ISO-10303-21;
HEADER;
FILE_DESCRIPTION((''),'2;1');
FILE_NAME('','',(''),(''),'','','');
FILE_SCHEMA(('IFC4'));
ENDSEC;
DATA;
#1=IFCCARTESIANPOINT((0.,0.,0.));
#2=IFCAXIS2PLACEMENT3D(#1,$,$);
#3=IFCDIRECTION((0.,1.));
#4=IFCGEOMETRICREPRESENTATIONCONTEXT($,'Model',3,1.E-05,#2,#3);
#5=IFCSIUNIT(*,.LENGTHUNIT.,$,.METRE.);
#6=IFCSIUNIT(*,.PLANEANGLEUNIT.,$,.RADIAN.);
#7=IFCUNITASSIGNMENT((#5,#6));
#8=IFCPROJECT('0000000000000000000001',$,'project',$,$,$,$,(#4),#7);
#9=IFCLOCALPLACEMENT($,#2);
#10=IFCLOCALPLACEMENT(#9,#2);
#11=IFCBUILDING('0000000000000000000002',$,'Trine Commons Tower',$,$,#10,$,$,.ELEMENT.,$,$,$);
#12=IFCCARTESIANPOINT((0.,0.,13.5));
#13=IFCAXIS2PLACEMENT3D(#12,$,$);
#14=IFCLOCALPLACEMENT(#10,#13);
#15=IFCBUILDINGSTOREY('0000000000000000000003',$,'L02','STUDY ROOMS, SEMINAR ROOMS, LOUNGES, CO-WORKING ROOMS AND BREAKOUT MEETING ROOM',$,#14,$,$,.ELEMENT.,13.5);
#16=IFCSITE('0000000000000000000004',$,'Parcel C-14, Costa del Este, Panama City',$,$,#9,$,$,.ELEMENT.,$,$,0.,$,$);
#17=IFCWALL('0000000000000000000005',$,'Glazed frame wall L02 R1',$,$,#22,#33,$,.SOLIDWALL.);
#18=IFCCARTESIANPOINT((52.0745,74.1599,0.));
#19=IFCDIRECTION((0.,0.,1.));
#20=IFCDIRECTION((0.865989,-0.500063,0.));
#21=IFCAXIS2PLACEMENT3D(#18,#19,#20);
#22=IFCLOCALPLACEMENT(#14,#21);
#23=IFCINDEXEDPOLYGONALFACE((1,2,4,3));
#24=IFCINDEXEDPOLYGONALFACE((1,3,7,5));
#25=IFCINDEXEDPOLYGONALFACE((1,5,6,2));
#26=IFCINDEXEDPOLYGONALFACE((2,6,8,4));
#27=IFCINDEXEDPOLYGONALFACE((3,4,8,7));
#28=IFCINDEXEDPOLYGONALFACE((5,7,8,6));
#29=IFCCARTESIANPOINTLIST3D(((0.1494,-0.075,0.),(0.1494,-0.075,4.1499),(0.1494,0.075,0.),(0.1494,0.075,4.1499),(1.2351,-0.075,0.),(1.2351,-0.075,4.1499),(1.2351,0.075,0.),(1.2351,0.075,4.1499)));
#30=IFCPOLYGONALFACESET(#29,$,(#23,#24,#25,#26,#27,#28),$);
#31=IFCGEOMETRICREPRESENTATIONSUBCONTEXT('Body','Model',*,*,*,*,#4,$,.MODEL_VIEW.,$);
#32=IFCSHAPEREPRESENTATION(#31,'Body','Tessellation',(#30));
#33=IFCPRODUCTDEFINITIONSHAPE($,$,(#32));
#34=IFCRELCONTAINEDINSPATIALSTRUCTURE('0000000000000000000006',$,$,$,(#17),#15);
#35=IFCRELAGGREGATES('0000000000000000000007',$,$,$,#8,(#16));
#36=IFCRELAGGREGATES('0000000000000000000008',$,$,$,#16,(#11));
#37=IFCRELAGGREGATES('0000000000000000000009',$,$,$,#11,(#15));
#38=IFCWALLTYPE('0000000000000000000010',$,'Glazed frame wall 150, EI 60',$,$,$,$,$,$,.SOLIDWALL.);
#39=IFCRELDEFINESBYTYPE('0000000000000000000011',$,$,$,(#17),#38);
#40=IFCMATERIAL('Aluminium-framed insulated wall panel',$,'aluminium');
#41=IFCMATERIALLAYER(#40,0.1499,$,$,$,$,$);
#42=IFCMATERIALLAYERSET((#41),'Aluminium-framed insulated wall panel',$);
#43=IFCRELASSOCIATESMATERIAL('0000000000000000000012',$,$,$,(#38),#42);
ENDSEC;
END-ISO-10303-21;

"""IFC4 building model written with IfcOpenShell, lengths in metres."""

from ifc_helpers import new_model, si_unit, direction, frame, origin, place, context, subcontext, project, spatial, polyline, outline, extrude, material, layer, layer_set, type_object, element, save


model = new_model("IFC4")

# Units and contexts
model_context = context("Model", 3, precision=1e-05, world=origin(), true_north=direction((0.0, 1.0)))
body_context = subcontext(model_context, "Body", "Model", "MODEL_VIEW")
ifc_project = project(units=[si_unit("LENGTHUNIT", "METRE"), si_unit("PLANEANGLEUNIT", "RADIAN")], contexts=[model_context])

# Site, building, storey
site_placement = place(None, origin())
site = spatial("IfcSite", under=ifc_project, at=site_placement, Name="Parcel C-14, Costa del Este, Panama City", CompositionType="ELEMENT", RefElevation=0.0)
building_placement = place(site_placement, origin())
building = spatial("IfcBuilding", under=site, at=building_placement, Name="Trine Commons Tower", CompositionType="ELEMENT")
storey_placement = place(building_placement, frame((0.0, 0.0, 13.5)))
storey = spatial("IfcBuildingStorey", under=building, at=storey_placement, Name="L02", Description="STUDY ROOMS, SEMINAR ROOMS, LOUNGES, CO-WORKING ROOMS AND BREAKOUT MEETING ROOM", CompositionType="ELEMENT", Elevation=13.5)

# Wall
ifc_material_1 = material(Name="Aluminium-framed insulated wall panel", Category="aluminium")
ifc_layer_1 = layer(ifc_material_1, 0.1499)
ifc_layer_set_1 = layer_set([ifc_layer_1], Name="Aluminium-framed insulated wall panel")
wall_type_1 = type_object("IfcWallType", Name="Glazed frame wall 150, EI 60", PredefinedType="SOLIDWALL", material=ifc_layer_set_1)
wall_1_placement = place(storey_placement, frame((52.0745, 74.1599, 0.0), z_axis=(0.0, 0.0, 1.0), x_axis=(0.865989, -0.500063, 0.0)))
element("IfcWall", 1, at=wall_1_placement, inside=storey, type_object=wall_type_1, Name="Glazed frame wall L02 R1", PredefinedType="SOLIDWALL", context=body_context, shape_type="SweptSolid", body=[
    extrude(outline(polyline([(0.1494, 0.075), (0.1494, -0.075), (1.2351, -0.075), (1.2351, 0.075), (0.1494, 0.075)])), origin(), (0.0, 0.0, 1.0), 4.1499),
])

save(model, "model.ifc")
